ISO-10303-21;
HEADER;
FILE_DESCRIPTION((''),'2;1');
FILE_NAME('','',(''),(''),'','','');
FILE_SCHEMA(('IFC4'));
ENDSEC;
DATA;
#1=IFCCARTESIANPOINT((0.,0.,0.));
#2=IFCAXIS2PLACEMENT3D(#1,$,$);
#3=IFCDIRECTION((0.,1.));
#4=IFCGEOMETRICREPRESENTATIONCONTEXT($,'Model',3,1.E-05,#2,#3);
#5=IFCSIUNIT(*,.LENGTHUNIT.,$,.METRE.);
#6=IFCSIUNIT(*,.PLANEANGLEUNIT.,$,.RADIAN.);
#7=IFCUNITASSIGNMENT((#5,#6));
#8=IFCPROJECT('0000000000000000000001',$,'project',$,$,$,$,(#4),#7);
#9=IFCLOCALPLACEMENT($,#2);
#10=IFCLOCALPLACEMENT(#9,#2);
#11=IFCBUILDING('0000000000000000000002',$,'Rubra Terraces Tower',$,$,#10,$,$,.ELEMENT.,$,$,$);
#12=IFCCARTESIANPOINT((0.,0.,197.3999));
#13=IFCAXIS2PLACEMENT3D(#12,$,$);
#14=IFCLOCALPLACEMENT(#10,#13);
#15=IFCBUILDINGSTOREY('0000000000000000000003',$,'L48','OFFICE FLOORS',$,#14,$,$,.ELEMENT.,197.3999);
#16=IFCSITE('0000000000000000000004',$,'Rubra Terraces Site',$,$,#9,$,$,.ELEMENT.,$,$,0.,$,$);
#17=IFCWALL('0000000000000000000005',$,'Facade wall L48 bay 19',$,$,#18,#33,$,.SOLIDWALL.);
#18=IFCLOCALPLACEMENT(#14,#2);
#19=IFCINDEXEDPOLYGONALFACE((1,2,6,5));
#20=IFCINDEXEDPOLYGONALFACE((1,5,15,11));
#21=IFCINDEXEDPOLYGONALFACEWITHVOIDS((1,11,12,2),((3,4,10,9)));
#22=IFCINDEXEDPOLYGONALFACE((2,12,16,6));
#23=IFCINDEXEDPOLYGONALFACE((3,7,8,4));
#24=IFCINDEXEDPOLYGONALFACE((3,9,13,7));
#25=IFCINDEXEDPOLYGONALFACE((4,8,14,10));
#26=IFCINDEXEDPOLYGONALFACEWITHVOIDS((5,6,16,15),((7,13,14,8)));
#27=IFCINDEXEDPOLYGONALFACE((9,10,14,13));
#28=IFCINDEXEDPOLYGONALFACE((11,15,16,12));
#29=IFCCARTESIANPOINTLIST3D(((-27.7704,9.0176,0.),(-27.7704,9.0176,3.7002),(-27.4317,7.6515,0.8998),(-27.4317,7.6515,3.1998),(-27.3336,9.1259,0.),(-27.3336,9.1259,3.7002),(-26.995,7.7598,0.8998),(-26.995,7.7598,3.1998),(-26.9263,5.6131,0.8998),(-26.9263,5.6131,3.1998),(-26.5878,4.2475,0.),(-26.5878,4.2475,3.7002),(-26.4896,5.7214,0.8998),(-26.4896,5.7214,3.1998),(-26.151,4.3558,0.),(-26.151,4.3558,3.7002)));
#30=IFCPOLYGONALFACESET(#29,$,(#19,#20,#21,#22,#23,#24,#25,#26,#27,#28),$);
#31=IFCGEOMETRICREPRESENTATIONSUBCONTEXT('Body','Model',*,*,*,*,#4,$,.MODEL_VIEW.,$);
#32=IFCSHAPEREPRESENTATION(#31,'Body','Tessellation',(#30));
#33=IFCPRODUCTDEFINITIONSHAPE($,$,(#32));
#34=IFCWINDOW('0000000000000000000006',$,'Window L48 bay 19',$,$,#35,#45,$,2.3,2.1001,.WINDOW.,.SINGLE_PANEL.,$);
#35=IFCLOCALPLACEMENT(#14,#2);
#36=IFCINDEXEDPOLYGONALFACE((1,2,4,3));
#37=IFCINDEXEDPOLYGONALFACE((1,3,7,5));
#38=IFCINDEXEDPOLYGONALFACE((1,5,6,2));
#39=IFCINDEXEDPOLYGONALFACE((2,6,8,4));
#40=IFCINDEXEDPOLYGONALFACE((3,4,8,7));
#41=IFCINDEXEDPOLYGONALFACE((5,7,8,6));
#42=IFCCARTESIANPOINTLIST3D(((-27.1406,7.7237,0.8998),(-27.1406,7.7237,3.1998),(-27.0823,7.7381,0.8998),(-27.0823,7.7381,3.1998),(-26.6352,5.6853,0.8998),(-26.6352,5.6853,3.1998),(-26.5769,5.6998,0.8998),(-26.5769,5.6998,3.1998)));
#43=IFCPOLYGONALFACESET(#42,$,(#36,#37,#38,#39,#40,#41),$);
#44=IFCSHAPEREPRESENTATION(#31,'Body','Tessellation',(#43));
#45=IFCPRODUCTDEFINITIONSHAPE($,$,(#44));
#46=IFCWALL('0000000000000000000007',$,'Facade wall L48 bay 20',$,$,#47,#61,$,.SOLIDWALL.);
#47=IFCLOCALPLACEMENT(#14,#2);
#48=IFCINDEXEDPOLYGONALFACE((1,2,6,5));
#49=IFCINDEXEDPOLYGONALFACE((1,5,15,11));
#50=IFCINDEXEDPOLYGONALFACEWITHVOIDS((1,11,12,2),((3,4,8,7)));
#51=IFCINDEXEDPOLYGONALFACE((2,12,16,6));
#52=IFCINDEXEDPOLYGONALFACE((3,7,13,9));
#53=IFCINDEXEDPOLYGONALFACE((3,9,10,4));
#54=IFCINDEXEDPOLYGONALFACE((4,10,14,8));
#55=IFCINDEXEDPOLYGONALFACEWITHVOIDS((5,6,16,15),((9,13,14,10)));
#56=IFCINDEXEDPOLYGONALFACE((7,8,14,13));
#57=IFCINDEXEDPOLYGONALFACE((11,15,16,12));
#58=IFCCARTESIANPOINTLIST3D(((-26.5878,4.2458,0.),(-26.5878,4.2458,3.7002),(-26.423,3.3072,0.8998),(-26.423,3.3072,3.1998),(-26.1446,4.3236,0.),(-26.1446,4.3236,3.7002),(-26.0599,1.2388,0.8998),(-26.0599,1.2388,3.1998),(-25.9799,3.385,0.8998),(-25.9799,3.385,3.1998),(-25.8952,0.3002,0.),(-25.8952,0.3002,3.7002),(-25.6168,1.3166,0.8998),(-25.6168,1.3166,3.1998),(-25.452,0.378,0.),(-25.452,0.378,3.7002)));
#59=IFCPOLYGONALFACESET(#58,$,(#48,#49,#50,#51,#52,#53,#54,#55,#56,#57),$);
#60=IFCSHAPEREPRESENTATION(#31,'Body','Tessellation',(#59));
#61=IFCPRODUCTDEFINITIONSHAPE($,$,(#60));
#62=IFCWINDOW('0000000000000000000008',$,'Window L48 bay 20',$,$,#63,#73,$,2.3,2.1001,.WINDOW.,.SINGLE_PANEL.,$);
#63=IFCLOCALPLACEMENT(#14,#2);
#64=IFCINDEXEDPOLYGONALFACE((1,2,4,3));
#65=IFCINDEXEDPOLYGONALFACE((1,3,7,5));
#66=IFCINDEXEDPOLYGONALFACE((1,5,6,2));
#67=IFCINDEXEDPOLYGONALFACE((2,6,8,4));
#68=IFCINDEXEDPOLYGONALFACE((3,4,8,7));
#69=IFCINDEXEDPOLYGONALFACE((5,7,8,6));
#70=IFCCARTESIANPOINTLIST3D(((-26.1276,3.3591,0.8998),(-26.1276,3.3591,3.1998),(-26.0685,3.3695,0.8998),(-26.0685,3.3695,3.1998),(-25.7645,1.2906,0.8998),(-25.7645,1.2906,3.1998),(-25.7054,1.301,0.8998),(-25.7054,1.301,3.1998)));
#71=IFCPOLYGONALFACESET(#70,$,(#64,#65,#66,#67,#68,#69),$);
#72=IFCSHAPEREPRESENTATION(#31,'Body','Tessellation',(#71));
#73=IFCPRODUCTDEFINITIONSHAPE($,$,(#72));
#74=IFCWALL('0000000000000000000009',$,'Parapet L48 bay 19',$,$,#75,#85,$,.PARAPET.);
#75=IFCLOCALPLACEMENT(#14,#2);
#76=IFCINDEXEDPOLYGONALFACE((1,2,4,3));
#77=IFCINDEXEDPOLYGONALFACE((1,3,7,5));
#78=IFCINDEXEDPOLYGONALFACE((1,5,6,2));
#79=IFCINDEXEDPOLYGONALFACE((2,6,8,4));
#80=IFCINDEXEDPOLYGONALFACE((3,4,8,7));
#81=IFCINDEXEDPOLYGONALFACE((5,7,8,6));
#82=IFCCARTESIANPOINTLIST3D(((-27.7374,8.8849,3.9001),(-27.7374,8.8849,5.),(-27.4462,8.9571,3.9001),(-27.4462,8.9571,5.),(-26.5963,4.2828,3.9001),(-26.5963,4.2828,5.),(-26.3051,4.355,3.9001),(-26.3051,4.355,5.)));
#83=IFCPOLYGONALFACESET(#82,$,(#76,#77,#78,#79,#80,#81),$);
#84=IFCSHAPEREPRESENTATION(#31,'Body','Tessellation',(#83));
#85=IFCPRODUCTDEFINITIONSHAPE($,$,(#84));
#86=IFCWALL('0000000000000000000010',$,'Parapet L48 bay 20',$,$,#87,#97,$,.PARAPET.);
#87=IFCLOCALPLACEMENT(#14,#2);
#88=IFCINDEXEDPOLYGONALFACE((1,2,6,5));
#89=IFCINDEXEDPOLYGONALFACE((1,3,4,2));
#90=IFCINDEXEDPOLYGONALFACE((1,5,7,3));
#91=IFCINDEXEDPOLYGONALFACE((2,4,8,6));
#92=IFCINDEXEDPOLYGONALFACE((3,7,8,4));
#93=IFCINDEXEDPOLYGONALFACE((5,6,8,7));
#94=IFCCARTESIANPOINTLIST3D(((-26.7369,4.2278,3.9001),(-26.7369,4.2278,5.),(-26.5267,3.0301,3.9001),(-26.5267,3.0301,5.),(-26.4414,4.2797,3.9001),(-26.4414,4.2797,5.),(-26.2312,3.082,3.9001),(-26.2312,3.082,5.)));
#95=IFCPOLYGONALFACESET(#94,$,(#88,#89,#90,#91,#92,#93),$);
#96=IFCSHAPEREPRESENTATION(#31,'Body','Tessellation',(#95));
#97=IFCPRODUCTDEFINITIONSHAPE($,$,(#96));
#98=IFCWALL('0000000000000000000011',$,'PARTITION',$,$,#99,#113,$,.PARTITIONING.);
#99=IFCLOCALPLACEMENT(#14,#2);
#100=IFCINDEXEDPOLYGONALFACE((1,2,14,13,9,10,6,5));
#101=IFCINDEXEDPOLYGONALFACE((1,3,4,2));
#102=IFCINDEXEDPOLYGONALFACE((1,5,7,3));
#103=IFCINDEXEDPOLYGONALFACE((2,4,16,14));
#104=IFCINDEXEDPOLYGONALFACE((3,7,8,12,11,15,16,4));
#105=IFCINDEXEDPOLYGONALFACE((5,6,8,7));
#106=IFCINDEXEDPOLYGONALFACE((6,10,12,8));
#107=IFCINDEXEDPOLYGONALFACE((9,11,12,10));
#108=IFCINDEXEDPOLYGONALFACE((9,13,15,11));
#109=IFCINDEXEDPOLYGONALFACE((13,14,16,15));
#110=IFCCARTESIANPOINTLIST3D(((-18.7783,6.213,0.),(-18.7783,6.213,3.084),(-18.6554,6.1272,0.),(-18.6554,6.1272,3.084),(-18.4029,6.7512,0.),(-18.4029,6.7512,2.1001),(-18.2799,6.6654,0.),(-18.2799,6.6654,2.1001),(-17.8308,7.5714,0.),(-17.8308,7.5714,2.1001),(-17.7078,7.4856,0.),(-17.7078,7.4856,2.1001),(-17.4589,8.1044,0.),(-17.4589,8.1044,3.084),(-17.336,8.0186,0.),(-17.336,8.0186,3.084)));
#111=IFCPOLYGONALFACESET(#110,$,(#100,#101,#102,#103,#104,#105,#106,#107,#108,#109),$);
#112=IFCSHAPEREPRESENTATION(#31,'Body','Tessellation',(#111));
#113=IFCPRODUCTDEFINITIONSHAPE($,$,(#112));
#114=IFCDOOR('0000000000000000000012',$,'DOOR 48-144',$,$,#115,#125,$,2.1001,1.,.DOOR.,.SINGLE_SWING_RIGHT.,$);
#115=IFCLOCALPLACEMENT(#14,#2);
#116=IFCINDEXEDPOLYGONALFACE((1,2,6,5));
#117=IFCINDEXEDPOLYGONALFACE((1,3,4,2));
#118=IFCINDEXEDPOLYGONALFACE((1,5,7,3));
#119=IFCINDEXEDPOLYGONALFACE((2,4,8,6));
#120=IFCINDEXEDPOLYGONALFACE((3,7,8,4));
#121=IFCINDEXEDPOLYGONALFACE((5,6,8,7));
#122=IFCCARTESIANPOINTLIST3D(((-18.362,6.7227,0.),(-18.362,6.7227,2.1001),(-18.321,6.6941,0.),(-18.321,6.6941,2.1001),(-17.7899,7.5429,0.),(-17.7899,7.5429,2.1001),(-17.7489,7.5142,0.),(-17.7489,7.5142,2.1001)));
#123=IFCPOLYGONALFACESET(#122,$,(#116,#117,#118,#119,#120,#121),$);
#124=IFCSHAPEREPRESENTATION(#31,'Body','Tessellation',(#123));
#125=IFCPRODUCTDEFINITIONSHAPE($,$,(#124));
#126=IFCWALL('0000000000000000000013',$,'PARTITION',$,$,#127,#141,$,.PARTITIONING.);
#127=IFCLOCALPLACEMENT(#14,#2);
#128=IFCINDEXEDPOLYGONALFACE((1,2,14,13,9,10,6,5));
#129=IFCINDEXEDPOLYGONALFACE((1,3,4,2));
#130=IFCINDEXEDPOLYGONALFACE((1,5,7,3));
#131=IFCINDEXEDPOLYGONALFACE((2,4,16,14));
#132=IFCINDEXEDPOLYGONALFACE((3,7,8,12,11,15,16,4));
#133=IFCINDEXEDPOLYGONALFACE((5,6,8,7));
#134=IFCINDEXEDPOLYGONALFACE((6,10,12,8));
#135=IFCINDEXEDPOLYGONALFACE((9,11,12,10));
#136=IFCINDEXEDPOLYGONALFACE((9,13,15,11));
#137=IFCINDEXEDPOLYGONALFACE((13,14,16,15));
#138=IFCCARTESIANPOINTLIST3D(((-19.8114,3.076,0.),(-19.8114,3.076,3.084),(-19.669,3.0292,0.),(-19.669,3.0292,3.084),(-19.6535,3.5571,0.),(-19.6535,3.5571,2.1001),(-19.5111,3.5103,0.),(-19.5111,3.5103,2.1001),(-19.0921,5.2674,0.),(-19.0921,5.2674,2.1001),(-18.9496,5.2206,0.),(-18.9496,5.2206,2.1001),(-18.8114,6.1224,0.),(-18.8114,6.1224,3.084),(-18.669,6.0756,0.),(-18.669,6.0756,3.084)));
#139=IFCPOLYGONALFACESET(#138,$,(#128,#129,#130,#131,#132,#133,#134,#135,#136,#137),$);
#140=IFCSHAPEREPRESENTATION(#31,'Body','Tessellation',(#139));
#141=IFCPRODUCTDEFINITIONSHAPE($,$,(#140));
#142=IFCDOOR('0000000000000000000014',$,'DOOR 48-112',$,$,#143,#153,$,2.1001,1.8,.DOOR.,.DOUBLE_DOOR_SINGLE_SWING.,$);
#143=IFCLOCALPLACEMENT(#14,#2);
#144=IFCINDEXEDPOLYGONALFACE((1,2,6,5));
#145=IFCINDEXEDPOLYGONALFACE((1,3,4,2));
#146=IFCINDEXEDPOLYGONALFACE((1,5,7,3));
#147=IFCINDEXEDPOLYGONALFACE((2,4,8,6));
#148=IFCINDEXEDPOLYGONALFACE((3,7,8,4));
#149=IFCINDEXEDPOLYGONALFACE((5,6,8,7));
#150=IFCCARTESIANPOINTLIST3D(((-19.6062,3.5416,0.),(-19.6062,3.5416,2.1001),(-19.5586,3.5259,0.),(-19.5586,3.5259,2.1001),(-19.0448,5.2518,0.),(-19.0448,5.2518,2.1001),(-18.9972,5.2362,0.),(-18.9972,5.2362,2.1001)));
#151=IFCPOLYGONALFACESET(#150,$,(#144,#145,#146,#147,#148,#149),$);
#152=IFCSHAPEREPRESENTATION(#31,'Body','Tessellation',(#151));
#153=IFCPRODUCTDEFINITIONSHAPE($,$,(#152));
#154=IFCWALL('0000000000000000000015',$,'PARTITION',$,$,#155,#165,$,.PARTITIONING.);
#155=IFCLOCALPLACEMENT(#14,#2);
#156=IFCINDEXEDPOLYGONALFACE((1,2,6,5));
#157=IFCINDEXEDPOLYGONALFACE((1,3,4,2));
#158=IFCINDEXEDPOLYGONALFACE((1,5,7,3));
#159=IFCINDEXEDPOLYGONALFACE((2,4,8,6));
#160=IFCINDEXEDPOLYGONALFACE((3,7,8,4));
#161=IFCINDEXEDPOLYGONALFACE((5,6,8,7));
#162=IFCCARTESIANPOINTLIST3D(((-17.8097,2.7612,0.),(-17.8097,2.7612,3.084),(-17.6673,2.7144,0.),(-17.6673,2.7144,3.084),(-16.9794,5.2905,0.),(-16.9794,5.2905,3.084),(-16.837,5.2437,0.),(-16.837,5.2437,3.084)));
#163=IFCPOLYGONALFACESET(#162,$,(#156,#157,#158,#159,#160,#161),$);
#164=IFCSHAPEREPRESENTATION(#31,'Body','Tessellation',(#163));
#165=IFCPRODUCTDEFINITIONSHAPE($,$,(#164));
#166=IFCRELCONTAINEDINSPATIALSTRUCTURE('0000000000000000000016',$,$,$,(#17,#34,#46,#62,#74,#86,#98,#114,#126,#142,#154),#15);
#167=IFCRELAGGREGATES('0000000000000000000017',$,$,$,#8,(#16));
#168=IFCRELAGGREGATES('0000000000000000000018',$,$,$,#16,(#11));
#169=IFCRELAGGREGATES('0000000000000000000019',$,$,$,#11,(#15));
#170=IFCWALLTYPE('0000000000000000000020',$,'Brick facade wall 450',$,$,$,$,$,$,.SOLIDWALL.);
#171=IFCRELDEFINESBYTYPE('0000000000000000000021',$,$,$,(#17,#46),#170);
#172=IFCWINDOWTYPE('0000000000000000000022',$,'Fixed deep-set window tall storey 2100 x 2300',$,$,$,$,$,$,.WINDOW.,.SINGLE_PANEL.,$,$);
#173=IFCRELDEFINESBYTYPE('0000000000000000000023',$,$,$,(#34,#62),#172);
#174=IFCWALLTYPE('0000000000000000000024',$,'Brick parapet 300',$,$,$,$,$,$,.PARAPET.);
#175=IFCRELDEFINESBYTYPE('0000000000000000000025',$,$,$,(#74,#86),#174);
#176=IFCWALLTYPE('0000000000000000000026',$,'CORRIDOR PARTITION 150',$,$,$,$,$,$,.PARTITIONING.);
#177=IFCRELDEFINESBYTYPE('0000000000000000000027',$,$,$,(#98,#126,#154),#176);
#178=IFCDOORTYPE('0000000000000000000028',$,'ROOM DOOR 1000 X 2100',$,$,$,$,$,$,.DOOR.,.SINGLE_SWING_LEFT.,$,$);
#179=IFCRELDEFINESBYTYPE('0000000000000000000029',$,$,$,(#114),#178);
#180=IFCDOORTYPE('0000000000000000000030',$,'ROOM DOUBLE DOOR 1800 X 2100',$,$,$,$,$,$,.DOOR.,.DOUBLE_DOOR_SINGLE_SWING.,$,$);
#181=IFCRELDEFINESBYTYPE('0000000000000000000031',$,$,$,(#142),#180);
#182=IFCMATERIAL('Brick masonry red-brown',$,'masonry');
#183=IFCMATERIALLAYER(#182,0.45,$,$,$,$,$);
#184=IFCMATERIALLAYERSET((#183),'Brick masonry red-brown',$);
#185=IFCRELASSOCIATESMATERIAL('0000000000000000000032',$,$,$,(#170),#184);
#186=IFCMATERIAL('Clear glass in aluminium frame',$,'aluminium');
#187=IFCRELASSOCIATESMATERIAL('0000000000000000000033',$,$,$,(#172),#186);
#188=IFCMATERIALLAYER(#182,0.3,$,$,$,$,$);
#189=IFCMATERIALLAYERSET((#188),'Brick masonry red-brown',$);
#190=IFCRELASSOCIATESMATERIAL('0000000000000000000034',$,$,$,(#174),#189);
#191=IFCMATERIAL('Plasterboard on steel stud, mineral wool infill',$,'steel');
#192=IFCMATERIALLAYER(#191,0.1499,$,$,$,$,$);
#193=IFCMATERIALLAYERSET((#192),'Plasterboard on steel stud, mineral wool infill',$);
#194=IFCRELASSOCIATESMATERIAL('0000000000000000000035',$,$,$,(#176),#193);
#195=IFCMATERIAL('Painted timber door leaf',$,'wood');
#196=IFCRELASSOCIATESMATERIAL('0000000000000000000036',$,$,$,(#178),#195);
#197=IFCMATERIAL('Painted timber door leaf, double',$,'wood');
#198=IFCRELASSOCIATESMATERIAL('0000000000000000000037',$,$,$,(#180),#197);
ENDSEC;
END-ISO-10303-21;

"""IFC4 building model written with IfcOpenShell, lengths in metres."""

from ifc_helpers import new_model, si_unit, direction, frame, frame_2d, origin, place, context, subcontext, project, spatial, rectangle, extrude, material, layer, layer_set, type_object, element, fill, save


model = new_model("IFC4")

# Units and contexts
model_context = context("Model", 3, precision=1e-05, world=origin(), true_north=direction((0.0, 1.0)))
body_context = subcontext(model_context, "Body", "Model", "MODEL_VIEW")
ifc_project = project(units=[si_unit("LENGTHUNIT", "METRE"), si_unit("PLANEANGLEUNIT", "RADIAN")], contexts=[model_context])

# Site, building, storey
site_placement = place(None, origin())
site = spatial("IfcSite", under=ifc_project, at=site_placement, Name="Rubra Terraces Site", CompositionType="ELEMENT", RefElevation=0.0)
building_placement = place(site_placement, origin())
building = spatial("IfcBuilding", under=site, at=building_placement, Name="Rubra Terraces Tower", CompositionType="ELEMENT")
storey_placement = place(building_placement, frame((0.0, 0.0, 197.3999)))
storey = spatial("IfcBuildingStorey", under=building, at=storey_placement, Name="L48", Description="OFFICE FLOORS", CompositionType="ELEMENT", Elevation=197.3999)

# Walls, openings, windows
ifc_material_1 = material(Name="Brick masonry red-brown", Category="masonry")
ifc_layer_1 = layer(ifc_material_1, 0.45)
ifc_layer_set_1 = layer_set([ifc_layer_1], Name="Brick masonry red-brown")
wall_type_1 = type_object("IfcWallType", Name="Brick facade wall 450", PredefinedType="SOLIDWALL", material=ifc_layer_set_1)
wall_1_placement = place(storey_placement, frame((-27.552, 9.0718, 0.0), z_axis=(0.0, 0.0, 1.0), x_axis=(0.24063, -0.970617, 0.0)))
wall_1 = element("IfcWall", 1, at=wall_1_placement, inside=storey, type_object=wall_type_1, Name="Facade wall L48 bay 19", PredefinedType="SOLIDWALL", context=body_context, shape_type="SweptSolid", body=[
    extrude(rectangle(XDim=4.9146, YDim=0.45, at=frame_2d((2.4573, 0.0))), origin(), (0.0, 0.0, 1.0), 3.7002),
])
opening_1_placement = place(wall_1_placement, frame((1.4075, 0.0, 0.8999)))
opening_1 = element("IfcOpeningElement", 2, at=opening_1_placement, cuts=wall_1, PredefinedType="OPENING", context=body_context, shape_type="SweptSolid", body=[
    extrude(rectangle(XDim=2.1001, YDim=2.3, at=frame_2d((1.05, 1.1499))), frame((0.0, 0.2349, 0.0), z_axis=(0.0, -1.0, 0.0), x_axis=(1.0, 0.0, 0.0)), (0.0, 0.0, 1.0), 0.47),
])
ifc_material_2 = material(Name="Clear glass in aluminium frame", Category="aluminium")
window_type = type_object("IfcWindowType", Name="Fixed deep-set window tall storey 2100 x 2300", PartitioningType="SINGLE_PANEL", PredefinedType="WINDOW", material=ifc_material_2)
window_1_placement = place(opening_1_placement, origin())
window_1 = element("IfcWindow", 3, at=window_1_placement, inside=storey, type_object=window_type, Name="Window L48 bay 19", OverallHeight=2.3, OverallWidth=2.1001, PartitioningType="SINGLE_PANEL", PredefinedType="WINDOW", context=body_context, shape_type="SweptSolid", body=[
    extrude(rectangle(XDim=2.1001, YDim=2.3, at=frame_2d((1.05, 1.1499))), frame((0.0, 0.135, 0.0), z_axis=(0.0, -1.0, 0.0), x_axis=(1.0, 0.0, 0.0)), (0.0, 0.0, 1.0), 0.0601),
])
fill(opening_1, window_1)
wall_2_placement = place(storey_placement, frame((-26.3662, 4.2847, 0.0), z_axis=(0.0, 0.0, 1.0), x_axis=(0.172902, -0.984939, 0.0)))
wall_2 = element("IfcWall", 4, at=wall_2_placement, inside=storey, type_object=wall_type_1, Name="Facade wall L48 bay 20", PredefinedType="SOLIDWALL", context=body_context, shape_type="SweptSolid", body=[
    extrude(rectangle(XDim=4.0059, YDim=0.45, at=frame_2d((2.0029, 0.0))), origin(), (0.0, 0.0, 1.0), 3.7002),
])
opening_2_placement = place(wall_2_placement, frame((0.9529, 0.0, 0.8999)))
opening_2 = element("IfcOpeningElement", 5, at=opening_2_placement, cuts=wall_2, PredefinedType="OPENING", context=body_context, shape_type="SweptSolid", body=[
    extrude(rectangle(XDim=2.1001, YDim=2.3, at=frame_2d((1.05, 1.1499))), frame((0.0, 0.2349, 0.0), z_axis=(0.0, -1.0, 0.0), x_axis=(1.0, 0.0, 0.0)), (0.0, 0.0, 1.0), 0.47),
])
window_2_placement = place(opening_2_placement, origin())
window_2 = element("IfcWindow", 6, at=window_2_placement, inside=storey, type_object=window_type, Name="Window L48 bay 20", OverallHeight=2.3, OverallWidth=2.1001, PartitioningType="SINGLE_PANEL", PredefinedType="WINDOW", context=body_context, shape_type="SweptSolid", body=[
    extrude(rectangle(XDim=2.1001, YDim=2.3, at=frame_2d((1.05, 1.1499))), frame((0.0, 0.135, 0.0), z_axis=(0.0, -1.0, 0.0), x_axis=(1.0, 0.0, 0.0)), (0.0, 0.0, 1.0), 0.0601),
])
fill(opening_2, window_2)

# Walls
ifc_layer_2 = layer(ifc_material_1, 0.3)
ifc_layer_set_2 = layer_set([ifc_layer_2], Name="Brick masonry red-brown")
wall_type_2 = type_object("IfcWallType", Name="Brick parapet 300", PredefinedType="PARAPET", material=ifc_layer_set_2)
wall_3_placement = place(storey_placement, frame((-27.5918, 8.9209, 3.9001), z_axis=(0.0, 0.0, 1.0), x_axis=(0.240669, -0.970607, 0.0)))
element("IfcWall", 7, at=wall_3_placement, inside=storey, type_object=wall_type_2, Name="Parapet L48 bay 19", PredefinedType="PARAPET", context=body_context, shape_type="SweptSolid", body=[
    extrude(rectangle(XDim=4.7415, YDim=0.3, at=frame_2d((2.3706, 0.0))), origin(), (0.0, 0.0, 1.0), 1.0999),
])
wall_4_placement = place(storey_placement, frame((-26.5891, 4.2537, 3.9001), z_axis=(0.0, 0.0, 1.0), x_axis=(0.172858, -0.984947, 0.0)))
element("IfcWall", 8, at=wall_4_placement, inside=storey, type_object=wall_type_2, Name="Parapet L48 bay 20", PredefinedType="PARAPET", context=body_context, shape_type="SweptSolid", body=[
    extrude(rectangle(XDim=1.2161, YDim=0.3, at=frame_2d((0.6079, 0.0))), origin(), (0.0, 0.0, 1.0), 1.0999),
])

# Walls, openings, doors
ifc_material_3 = material(Name="Plasterboard on steel stud, mineral wool infill", Category="steel")
ifc_layer_3 = layer(ifc_material_3, 0.1499)
ifc_layer_set_3 = layer_set([ifc_layer_3], Name="Plasterboard on steel stud, mineral wool infill")
wall_type_3 = type_object("IfcWallType", Name="CORRIDOR PARTITION 150", PredefinedType="PARTITIONING", material=ifc_layer_set_3)
wall_5_placement = place(storey_placement, frame((-17.3975, 8.0615, 0.0), z_axis=(0.0, 0.0, 1.0), x_axis=(-0.572119, -0.820171, 0.0)))
wall_5 = element("IfcWall", 9, at=wall_5_placement, inside=storey, type_object=wall_type_3, Name="PARTITION", PredefinedType="PARTITIONING", context=body_context, shape_type="SweptSolid", body=[
    extrude(rectangle(XDim=2.3062, YDim=0.1499, at=frame_2d((1.1531, 0.0))), origin(), (0.0, 0.0, 1.0), 3.084),
])
opening_3_placement = place(wall_5_placement, frame((0.6499, 0.0, 0.0)))
opening_3 = element("IfcOpeningElement", 10, at=opening_3_placement, cuts=wall_5, PredefinedType="OPENING", context=body_context, shape_type="SweptSolid", body=[
    extrude(rectangle(XDim=1.0, YDim=2.1001, at=frame_2d((0.5, 1.05))), frame((0.0, 0.085, 0.0), z_axis=(0.0, -1.0, 0.0), x_axis=(1.0, 0.0, 0.0)), (0.0, 0.0, 1.0), 0.1699),
])
ifc_material_4 = material(Name="Painted timber door leaf", Category="wood")
door_type_1 = type_object("IfcDoorType", Name="ROOM DOOR 1000 X 2100", OperationType="SINGLE_SWING_LEFT", PredefinedType="DOOR", material=ifc_material_4)
door_1_placement = place(opening_3_placement, origin())
door_1 = element("IfcDoor", 11, at=door_1_placement, inside=storey, type_object=door_type_1, Name="DOOR 48-144", OperationType="SINGLE_SWING_RIGHT", OverallHeight=2.1001, OverallWidth=1.0, PredefinedType="DOOR", context=body_context, shape_type="SweptSolid", body=[
    extrude(rectangle(XDim=1.0, YDim=2.1001, at=frame_2d((0.5, 1.05))), frame((0.0, 0.0249, 0.0), z_axis=(0.0, -1.0, 0.0), x_axis=(1.0, 0.0, 0.0)), (0.0, 0.0, 1.0), 0.05),
])
fill(opening_3, door_1)
wall_6_placement = place(storey_placement, frame((-18.7402, 6.0989, 0.0), z_axis=(0.0, 0.0, 1.0), x_axis=(-0.311884, -0.95012, 0.0)))
wall_6 = element("IfcWall", 12, at=wall_6_placement, inside=storey, type_object=wall_type_3, Name="PARTITION", PredefinedType="PARTITIONING", context=body_context, shape_type="SweptSolid", body=[
    extrude(rectangle(XDim=3.2063, YDim=0.1499, at=frame_2d((1.603, 0.0))), origin(), (0.0, 0.0, 1.0), 3.084),
])
opening_4_placement = place(wall_6_placement, frame((0.8999, 0.0, 0.0)))
opening_4 = element("IfcOpeningElement", 13, at=opening_4_placement, cuts=wall_6, PredefinedType="OPENING", context=body_context, shape_type="SweptSolid", body=[
    extrude(rectangle(XDim=1.8, YDim=2.1001, at=frame_2d((0.8999, 1.05))), frame((0.0, 0.085, 0.0), z_axis=(0.0, -1.0, 0.0), x_axis=(1.0, 0.0, 0.0)), (0.0, 0.0, 1.0), 0.1699),
])
ifc_material_5 = material(Name="Painted timber door leaf, double", Category="wood")
door_type_2 = type_object("IfcDoorType", Name="ROOM DOUBLE DOOR 1800 X 2100", OperationType="DOUBLE_DOOR_SINGLE_SWING", PredefinedType="DOOR", material=ifc_material_5)
door_2_placement = place(opening_4_placement, origin())
door_2 = element("IfcDoor", 14, at=door_2_placement, inside=storey, type_object=door_type_2, Name="DOOR 48-112", OperationType="DOUBLE_DOOR_SINGLE_SWING", OverallHeight=2.1001, OverallWidth=1.8, PredefinedType="DOOR", context=body_context, shape_type="SweptSolid", body=[
    extrude(rectangle(XDim=1.8, YDim=2.1001, at=frame_2d((0.8999, 1.05))), frame((0.0, 0.0249, 0.0), z_axis=(0.0, -1.0, 0.0), x_axis=(1.0, 0.0, 0.0)), (0.0, 0.0, 1.0), 0.05),
])
fill(opening_4, door_2)

# Wall
wall_7_placement = place(storey_placement, frame((-17.7385, 2.7378, 0.0), z_axis=(0.0, 0.0, 1.0), x_axis=(0.311905, 0.950113, 0.0)))
element("IfcWall", 15, at=wall_7_placement, inside=storey, type_object=wall_type_3, Name="PARTITION", PredefinedType="PARTITIONING", context=body_context, shape_type="SweptSolid", body=[
    extrude(rectangle(XDim=2.6621, YDim=0.1499, at=frame_2d((1.3311, 0.0))), origin(), (0.0, 0.0, 1.0), 3.084),
])

save(model, "model.ifc")
